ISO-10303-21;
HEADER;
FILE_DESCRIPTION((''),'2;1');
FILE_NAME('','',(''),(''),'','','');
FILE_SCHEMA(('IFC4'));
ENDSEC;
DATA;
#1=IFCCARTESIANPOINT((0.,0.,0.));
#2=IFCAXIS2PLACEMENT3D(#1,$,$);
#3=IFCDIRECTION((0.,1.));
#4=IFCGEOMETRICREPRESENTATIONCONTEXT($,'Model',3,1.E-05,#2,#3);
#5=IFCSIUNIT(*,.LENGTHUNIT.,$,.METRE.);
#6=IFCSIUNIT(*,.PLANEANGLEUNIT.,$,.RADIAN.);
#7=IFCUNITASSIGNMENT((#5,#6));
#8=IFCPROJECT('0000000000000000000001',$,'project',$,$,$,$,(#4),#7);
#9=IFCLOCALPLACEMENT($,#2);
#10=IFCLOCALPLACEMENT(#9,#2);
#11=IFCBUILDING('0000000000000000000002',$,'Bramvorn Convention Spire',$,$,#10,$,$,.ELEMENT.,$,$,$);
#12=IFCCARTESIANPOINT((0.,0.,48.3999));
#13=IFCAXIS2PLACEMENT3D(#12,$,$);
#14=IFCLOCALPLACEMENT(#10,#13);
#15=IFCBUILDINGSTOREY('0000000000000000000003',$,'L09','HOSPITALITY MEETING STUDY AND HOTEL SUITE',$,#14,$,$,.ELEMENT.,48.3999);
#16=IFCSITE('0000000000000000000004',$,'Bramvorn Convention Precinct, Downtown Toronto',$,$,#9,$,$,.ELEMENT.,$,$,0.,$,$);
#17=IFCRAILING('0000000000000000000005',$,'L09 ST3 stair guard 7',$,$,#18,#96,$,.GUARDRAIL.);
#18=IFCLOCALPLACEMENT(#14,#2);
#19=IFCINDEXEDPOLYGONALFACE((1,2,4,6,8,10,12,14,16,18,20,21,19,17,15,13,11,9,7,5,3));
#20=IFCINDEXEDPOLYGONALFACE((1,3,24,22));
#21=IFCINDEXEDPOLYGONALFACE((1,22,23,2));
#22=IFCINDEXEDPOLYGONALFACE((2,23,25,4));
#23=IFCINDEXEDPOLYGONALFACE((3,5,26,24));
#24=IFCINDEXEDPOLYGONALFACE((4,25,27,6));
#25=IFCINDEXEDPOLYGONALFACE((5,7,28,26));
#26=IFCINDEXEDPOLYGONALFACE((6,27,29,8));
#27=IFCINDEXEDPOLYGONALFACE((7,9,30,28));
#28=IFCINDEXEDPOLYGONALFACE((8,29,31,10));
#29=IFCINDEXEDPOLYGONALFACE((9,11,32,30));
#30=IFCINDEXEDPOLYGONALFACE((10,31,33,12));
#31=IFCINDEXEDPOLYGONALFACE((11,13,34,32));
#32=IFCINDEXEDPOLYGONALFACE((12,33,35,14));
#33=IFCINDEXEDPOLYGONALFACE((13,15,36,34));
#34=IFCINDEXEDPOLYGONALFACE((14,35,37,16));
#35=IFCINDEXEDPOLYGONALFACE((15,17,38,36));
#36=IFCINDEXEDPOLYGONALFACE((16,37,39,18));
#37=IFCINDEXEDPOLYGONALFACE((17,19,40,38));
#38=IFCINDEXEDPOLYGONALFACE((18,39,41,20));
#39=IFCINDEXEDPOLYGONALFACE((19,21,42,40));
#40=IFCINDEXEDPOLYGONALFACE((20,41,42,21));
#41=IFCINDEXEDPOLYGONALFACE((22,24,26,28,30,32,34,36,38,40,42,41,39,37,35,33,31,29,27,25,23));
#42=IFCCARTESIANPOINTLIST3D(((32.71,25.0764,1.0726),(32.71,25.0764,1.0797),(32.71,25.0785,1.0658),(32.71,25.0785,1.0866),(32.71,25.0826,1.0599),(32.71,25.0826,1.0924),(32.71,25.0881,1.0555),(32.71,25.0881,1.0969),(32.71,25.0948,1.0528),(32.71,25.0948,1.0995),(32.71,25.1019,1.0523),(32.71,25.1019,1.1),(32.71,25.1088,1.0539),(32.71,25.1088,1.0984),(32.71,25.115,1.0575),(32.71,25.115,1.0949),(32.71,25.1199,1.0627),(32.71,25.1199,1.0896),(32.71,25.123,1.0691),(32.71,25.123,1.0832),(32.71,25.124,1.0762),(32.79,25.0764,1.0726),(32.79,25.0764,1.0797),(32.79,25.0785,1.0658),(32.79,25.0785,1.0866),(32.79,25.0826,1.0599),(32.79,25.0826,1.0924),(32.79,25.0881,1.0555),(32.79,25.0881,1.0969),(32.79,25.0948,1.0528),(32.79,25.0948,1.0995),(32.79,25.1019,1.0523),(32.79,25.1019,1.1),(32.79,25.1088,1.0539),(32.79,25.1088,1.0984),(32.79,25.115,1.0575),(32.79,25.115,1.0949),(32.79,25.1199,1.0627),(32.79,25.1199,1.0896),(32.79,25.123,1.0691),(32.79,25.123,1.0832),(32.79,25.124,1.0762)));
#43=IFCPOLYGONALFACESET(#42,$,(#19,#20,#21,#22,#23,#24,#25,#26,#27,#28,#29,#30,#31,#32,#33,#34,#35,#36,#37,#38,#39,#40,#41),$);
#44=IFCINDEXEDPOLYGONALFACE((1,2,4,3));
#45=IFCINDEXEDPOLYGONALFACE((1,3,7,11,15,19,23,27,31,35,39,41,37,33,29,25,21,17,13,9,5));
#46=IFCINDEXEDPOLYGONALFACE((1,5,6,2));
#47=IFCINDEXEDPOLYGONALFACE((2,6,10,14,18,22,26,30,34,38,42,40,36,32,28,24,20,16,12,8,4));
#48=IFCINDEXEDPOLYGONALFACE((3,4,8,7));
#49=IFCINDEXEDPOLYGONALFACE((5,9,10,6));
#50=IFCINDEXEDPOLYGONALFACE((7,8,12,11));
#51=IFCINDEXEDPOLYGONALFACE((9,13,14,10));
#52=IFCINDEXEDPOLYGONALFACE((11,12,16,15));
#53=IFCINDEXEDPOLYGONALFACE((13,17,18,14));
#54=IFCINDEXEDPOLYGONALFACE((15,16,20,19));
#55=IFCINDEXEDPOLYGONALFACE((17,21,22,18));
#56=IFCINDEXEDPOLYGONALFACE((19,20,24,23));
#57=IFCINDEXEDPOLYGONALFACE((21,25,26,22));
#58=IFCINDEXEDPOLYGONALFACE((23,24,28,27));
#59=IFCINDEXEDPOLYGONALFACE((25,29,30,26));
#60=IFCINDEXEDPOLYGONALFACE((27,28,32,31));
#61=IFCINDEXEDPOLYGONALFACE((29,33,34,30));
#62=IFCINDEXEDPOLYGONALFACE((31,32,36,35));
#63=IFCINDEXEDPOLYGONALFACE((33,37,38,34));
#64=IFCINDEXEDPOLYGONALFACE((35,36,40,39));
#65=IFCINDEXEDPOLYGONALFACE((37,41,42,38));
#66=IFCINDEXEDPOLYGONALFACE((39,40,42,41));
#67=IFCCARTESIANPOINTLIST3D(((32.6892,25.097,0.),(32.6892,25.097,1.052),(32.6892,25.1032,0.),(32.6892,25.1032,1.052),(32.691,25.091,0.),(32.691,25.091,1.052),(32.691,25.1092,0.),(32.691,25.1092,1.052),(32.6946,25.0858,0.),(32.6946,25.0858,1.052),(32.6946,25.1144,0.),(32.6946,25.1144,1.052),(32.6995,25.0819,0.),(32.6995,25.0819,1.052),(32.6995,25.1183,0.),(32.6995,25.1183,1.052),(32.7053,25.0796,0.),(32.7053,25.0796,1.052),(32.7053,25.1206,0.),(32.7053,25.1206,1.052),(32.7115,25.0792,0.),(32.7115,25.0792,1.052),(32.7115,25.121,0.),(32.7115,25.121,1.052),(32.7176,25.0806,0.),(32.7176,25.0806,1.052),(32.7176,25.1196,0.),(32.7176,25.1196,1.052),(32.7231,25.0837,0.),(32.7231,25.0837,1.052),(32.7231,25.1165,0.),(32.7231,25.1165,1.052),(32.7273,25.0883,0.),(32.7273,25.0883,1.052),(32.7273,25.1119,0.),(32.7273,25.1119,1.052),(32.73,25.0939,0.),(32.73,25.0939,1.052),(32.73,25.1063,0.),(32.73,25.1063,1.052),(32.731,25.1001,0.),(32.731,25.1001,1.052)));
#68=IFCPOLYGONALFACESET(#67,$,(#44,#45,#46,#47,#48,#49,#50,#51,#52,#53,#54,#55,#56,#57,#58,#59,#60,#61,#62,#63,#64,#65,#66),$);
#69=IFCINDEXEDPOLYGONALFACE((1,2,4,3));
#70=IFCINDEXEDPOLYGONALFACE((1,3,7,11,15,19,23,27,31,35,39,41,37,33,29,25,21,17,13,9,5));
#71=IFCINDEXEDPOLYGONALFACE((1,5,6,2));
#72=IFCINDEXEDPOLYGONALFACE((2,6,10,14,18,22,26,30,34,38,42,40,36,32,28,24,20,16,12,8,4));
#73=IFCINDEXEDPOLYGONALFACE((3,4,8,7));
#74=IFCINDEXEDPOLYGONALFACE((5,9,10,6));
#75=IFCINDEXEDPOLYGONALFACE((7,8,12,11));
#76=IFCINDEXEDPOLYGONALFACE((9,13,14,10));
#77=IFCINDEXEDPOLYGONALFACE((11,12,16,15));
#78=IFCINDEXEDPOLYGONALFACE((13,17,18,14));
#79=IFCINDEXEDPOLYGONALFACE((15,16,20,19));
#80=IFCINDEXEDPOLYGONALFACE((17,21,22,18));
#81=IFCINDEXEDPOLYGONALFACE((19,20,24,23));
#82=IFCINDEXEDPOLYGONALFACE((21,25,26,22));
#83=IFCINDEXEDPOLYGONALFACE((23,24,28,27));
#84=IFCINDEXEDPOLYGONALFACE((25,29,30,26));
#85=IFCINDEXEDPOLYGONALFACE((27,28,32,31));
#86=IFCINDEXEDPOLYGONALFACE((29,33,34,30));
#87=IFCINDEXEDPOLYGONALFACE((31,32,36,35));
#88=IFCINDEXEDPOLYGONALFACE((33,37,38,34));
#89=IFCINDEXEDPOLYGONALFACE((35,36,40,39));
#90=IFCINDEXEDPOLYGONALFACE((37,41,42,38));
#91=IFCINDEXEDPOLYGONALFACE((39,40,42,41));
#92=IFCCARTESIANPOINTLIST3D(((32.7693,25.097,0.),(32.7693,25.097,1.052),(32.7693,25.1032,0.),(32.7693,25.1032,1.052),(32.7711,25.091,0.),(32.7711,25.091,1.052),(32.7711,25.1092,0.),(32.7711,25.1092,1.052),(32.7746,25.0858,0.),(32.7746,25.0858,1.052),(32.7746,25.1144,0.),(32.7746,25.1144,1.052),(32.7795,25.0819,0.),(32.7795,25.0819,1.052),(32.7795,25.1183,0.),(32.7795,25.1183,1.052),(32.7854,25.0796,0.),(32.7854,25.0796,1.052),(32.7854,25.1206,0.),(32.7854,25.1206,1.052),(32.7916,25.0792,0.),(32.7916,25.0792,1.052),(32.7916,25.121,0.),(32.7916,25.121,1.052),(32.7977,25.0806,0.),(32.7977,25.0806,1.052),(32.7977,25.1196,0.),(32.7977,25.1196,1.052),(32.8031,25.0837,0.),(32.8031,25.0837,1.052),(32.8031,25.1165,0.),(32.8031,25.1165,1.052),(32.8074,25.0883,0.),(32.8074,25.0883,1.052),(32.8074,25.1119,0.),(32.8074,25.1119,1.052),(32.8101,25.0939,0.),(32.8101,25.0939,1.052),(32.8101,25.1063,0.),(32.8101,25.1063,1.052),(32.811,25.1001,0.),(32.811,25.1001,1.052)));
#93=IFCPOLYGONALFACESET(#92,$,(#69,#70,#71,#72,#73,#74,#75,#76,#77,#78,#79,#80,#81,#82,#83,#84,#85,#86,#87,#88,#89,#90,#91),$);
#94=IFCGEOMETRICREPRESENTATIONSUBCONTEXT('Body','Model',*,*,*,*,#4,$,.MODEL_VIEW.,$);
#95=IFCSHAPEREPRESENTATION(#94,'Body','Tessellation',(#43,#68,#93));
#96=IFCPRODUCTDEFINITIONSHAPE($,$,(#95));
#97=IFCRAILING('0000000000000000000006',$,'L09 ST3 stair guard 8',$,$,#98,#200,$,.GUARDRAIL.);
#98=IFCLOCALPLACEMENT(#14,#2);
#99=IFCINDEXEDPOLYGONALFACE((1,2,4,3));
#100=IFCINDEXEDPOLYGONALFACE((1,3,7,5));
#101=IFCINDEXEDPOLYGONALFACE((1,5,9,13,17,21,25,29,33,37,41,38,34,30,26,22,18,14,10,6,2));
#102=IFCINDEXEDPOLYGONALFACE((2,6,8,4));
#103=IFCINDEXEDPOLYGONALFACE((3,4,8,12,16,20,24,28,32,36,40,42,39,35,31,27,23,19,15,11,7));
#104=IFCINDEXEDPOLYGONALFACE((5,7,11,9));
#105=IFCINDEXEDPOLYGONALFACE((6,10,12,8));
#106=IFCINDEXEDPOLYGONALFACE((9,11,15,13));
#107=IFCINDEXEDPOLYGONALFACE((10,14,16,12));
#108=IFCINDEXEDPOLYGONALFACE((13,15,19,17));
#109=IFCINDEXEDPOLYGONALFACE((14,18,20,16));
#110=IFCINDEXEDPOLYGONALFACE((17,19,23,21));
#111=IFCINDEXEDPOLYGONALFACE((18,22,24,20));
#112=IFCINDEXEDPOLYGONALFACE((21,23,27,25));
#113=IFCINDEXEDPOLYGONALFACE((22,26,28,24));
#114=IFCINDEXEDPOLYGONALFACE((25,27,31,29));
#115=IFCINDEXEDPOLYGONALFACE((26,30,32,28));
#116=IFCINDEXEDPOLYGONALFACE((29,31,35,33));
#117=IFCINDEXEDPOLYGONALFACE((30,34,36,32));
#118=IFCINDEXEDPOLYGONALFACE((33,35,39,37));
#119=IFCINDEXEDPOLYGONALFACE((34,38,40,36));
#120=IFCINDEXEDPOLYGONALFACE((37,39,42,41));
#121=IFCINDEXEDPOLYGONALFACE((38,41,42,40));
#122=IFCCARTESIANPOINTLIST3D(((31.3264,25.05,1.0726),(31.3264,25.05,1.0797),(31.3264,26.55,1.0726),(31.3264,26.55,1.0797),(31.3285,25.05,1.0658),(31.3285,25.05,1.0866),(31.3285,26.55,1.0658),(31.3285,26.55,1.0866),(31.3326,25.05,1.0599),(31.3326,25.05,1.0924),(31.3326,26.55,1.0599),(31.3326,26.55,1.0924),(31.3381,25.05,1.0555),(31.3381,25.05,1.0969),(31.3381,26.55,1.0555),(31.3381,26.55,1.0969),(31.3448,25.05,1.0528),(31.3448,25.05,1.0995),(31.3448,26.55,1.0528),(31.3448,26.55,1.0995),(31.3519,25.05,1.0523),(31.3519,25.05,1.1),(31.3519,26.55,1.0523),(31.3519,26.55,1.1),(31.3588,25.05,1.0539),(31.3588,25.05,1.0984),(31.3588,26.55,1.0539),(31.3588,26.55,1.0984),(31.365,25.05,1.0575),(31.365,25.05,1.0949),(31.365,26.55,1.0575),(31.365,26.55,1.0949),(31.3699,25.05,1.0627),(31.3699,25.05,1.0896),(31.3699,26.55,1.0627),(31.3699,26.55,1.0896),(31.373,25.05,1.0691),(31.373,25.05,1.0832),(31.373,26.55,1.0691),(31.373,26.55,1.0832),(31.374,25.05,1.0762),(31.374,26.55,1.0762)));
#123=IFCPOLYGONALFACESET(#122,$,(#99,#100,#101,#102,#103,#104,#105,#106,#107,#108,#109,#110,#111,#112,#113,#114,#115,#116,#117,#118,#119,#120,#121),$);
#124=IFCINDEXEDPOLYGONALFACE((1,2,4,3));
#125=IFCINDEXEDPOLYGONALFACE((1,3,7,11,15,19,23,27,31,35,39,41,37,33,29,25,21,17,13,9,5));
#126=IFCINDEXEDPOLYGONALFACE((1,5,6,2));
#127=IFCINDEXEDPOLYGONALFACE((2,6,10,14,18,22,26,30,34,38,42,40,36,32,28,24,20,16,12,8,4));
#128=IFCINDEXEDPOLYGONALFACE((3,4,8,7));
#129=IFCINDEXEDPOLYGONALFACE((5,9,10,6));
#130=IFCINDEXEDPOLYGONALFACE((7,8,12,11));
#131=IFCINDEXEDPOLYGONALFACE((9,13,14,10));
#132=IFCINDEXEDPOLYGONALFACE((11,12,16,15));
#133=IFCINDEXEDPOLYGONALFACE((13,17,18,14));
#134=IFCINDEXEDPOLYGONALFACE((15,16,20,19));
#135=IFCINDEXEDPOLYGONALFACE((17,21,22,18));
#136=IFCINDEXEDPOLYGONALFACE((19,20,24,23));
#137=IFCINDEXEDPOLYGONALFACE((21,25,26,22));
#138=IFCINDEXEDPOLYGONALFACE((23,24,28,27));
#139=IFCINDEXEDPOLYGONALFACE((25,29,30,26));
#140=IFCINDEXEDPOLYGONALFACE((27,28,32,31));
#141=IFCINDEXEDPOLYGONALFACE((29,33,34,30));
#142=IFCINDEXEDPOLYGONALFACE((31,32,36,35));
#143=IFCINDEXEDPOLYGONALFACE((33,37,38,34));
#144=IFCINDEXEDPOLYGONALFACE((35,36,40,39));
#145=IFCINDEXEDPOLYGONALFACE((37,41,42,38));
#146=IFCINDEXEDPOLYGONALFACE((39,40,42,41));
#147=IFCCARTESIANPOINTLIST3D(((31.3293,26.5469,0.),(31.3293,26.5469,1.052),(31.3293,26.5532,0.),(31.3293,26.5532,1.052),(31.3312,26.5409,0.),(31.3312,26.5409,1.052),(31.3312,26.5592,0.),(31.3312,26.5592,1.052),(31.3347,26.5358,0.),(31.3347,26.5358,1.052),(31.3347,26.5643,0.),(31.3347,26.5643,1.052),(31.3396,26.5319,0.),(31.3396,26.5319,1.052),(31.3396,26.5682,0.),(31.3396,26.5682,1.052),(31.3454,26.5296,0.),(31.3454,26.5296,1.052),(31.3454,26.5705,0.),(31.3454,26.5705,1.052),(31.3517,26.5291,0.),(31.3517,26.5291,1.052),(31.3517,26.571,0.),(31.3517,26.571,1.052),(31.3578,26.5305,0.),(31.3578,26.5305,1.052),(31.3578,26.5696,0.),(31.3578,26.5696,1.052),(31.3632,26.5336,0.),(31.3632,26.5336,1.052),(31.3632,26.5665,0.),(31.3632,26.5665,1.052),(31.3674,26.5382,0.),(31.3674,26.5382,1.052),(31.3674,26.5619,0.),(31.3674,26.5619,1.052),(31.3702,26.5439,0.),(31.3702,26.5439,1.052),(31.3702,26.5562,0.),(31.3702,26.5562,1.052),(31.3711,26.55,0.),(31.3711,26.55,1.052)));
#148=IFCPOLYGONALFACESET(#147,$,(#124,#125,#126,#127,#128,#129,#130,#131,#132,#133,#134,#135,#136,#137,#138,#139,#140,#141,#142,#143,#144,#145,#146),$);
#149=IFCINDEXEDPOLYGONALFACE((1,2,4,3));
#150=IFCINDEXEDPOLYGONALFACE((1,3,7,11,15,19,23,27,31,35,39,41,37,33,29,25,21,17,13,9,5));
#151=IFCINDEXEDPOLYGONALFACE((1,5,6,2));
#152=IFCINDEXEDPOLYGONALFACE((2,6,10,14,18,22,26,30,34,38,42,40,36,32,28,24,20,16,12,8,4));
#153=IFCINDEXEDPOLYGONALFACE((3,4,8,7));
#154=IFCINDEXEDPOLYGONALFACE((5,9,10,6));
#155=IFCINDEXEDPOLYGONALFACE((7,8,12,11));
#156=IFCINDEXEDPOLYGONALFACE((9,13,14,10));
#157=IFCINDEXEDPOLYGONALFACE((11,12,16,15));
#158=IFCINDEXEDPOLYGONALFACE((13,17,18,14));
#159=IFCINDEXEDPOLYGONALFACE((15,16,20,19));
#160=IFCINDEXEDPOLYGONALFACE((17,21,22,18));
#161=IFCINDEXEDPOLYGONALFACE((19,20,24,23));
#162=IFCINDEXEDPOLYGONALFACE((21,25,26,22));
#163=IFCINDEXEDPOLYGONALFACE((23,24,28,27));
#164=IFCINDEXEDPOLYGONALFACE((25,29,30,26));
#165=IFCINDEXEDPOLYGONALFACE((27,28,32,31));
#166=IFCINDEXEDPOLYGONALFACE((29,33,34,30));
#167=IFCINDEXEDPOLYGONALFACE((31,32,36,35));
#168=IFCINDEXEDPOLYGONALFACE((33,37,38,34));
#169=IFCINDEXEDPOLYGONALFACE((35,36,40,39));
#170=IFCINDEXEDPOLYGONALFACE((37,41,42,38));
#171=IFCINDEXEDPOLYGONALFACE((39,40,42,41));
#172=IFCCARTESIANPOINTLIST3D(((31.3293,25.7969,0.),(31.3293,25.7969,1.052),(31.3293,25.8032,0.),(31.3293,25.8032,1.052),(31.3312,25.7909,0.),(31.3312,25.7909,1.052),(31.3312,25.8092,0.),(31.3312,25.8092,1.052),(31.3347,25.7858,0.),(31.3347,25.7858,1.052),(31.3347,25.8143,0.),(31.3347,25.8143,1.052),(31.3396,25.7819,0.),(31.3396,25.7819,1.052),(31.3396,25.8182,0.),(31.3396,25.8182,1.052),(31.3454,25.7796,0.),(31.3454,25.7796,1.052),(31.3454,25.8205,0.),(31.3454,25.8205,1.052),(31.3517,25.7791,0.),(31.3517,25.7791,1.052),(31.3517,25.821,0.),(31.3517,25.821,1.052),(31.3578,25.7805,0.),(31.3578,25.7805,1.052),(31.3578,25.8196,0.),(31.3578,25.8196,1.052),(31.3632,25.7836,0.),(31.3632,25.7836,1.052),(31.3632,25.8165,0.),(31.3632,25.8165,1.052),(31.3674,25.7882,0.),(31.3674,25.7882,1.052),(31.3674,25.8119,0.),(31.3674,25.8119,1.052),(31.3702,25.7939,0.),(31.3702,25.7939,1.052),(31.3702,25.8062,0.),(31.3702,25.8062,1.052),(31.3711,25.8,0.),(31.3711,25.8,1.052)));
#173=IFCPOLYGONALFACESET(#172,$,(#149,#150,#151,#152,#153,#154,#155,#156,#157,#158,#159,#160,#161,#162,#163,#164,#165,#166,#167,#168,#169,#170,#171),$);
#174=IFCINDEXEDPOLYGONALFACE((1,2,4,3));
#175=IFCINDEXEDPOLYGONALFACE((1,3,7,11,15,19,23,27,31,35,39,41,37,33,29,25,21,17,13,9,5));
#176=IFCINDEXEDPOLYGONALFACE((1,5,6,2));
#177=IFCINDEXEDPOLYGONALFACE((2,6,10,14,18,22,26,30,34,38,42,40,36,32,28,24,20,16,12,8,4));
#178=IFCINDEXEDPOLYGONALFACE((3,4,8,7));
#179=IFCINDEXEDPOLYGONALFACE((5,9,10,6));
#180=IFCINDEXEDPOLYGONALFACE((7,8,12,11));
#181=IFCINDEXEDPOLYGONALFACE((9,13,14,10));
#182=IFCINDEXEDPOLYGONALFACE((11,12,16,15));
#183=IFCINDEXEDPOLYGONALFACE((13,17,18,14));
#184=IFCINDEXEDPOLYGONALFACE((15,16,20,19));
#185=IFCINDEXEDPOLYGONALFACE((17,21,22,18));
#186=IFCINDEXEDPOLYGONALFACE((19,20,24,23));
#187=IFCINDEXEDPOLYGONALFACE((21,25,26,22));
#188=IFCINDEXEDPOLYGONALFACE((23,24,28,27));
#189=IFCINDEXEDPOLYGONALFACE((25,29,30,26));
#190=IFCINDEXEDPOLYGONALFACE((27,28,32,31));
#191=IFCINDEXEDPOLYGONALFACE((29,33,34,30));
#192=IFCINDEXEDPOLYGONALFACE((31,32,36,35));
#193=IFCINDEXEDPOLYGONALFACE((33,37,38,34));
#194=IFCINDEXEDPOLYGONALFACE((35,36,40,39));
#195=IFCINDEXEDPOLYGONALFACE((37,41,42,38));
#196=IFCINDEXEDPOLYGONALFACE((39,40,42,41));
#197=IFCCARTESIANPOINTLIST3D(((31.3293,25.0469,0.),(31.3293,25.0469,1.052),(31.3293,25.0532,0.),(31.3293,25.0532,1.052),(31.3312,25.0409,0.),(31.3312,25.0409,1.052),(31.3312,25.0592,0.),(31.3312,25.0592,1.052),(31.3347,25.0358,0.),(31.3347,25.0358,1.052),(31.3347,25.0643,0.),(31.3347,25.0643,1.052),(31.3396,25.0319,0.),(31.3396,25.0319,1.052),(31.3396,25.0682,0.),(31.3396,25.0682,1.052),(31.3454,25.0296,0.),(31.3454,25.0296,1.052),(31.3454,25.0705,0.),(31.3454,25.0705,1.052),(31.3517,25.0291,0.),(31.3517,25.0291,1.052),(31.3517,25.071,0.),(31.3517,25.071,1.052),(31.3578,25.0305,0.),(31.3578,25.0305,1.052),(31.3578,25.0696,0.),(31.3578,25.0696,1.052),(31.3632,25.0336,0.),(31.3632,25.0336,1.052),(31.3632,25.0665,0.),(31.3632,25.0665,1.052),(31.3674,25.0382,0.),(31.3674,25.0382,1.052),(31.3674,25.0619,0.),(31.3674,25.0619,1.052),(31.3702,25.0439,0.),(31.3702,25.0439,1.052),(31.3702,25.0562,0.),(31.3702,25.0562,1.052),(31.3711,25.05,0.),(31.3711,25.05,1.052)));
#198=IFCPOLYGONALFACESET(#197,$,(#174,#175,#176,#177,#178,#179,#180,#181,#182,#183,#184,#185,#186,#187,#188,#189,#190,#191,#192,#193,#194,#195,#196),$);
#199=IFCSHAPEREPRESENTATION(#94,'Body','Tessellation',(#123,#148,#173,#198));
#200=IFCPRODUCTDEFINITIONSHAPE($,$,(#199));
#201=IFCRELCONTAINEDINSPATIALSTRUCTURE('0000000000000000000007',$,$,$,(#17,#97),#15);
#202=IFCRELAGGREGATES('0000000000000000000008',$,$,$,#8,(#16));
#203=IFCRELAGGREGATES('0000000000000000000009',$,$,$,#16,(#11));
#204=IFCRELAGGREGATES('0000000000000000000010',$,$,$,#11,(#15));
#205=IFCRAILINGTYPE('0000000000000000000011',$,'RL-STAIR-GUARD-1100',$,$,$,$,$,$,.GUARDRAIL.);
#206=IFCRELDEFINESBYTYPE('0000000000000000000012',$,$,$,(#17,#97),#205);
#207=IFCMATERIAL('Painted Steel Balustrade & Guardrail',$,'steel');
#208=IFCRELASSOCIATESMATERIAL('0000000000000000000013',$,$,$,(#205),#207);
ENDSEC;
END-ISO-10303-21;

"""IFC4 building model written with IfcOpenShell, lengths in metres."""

from ifc_helpers import new_model, si_unit, direction, frame, origin, origin_2d, place, context, subcontext, project, spatial, circle, extrude, material, type_object, element, save


model = new_model("IFC4")

# Units and contexts
model_context = context("Model", 3, precision=1e-05, world=origin(), true_north=direction((0.0, 1.0)))
body_context = subcontext(model_context, "Body", "Model", "MODEL_VIEW")
ifc_project = project(units=[si_unit("LENGTHUNIT", "METRE"), si_unit("PLANEANGLEUNIT", "RADIAN")], contexts=[model_context])

# Site, building, storey
site_placement = place(None, origin())
site = spatial("IfcSite", under=ifc_project, at=site_placement, Name="Bramvorn Convention Precinct, Downtown Toronto", CompositionType="ELEMENT", RefElevation=0.0)
building_placement = place(site_placement, origin())
building = spatial("IfcBuilding", under=site, at=building_placement, Name="Bramvorn Convention Spire", CompositionType="ELEMENT")
storey_placement = place(building_placement, frame((0.0, 0.0, 48.3999)))
storey = spatial("IfcBuildingStorey", under=building, at=storey_placement, Name="L09", Description="HOSPITALITY MEETING STUDY AND HOTEL SUITE", CompositionType="ELEMENT", Elevation=48.3999)

# Railings
ifc_material_1 = material(Name="Painted Steel Balustrade & Guardrail", Category="steel")
railing_type = type_object("IfcRailingType", Name="RL-STAIR-GUARD-1100", PredefinedType="GUARDRAIL", material=ifc_material_1)
railing_1_placement = place(storey_placement, frame((32.71, 25.1001, 0.0)))
element("IfcRailing", 1, at=railing_1_placement, inside=storey, type_object=railing_type, Name="L09 ST3 stair guard 7", PredefinedType="GUARDRAIL", context=body_context, shape_type="SweptSolid", body=[
    extrude(circle(Radius=0.0239, at=origin_2d()), frame((0.0, 0.0, 1.0762), z_axis=(1.0, 0.0, 0.0), x_axis=(0.0, 1.0, 0.0)), (0.0, 0.0, 1.0), 0.0801),
    extrude(circle(Radius=0.021, at=origin_2d()), origin(), (0.0, 0.0, 1.0), 1.052),
    extrude(circle(Radius=0.021, at=origin_2d()), frame((0.0801, 0.0, 0.0)), (0.0, 0.0, 1.0), 1.052),
])
for number, where, name in (
    (2, (31.3501, 26.55, 0.0), "L09 ST3 stair guard 8"),
):
    element("IfcRailing", number, at=place(storey_placement, frame(where)), inside=storey, type_object=railing_type, Name=name, PredefinedType="GUARDRAIL", context=body_context, shape_type="SweptSolid", body=[
        extrude(circle(Radius=0.0239, at=origin_2d()), frame((0.0, 0.0, 1.0762), z_axis=(0.0, -1.0, 0.0), x_axis=(1.0, 0.0, 0.0)), (0.0, 0.0, 1.0), 1.5),
        extrude(circle(Radius=0.021, at=origin_2d()), origin(), (0.0, 0.0, 1.0), 1.052),
        extrude(circle(Radius=0.021, at=origin_2d()), frame((0.0, -0.75, 0.0)), (0.0, 0.0, 1.0), 1.052),
        extrude(circle(Radius=0.021, at=origin_2d()), frame((0.0, -1.5, 0.0)), (0.0, 0.0, 1.0), 1.052),
    ])

save(model, "model.ifc")
